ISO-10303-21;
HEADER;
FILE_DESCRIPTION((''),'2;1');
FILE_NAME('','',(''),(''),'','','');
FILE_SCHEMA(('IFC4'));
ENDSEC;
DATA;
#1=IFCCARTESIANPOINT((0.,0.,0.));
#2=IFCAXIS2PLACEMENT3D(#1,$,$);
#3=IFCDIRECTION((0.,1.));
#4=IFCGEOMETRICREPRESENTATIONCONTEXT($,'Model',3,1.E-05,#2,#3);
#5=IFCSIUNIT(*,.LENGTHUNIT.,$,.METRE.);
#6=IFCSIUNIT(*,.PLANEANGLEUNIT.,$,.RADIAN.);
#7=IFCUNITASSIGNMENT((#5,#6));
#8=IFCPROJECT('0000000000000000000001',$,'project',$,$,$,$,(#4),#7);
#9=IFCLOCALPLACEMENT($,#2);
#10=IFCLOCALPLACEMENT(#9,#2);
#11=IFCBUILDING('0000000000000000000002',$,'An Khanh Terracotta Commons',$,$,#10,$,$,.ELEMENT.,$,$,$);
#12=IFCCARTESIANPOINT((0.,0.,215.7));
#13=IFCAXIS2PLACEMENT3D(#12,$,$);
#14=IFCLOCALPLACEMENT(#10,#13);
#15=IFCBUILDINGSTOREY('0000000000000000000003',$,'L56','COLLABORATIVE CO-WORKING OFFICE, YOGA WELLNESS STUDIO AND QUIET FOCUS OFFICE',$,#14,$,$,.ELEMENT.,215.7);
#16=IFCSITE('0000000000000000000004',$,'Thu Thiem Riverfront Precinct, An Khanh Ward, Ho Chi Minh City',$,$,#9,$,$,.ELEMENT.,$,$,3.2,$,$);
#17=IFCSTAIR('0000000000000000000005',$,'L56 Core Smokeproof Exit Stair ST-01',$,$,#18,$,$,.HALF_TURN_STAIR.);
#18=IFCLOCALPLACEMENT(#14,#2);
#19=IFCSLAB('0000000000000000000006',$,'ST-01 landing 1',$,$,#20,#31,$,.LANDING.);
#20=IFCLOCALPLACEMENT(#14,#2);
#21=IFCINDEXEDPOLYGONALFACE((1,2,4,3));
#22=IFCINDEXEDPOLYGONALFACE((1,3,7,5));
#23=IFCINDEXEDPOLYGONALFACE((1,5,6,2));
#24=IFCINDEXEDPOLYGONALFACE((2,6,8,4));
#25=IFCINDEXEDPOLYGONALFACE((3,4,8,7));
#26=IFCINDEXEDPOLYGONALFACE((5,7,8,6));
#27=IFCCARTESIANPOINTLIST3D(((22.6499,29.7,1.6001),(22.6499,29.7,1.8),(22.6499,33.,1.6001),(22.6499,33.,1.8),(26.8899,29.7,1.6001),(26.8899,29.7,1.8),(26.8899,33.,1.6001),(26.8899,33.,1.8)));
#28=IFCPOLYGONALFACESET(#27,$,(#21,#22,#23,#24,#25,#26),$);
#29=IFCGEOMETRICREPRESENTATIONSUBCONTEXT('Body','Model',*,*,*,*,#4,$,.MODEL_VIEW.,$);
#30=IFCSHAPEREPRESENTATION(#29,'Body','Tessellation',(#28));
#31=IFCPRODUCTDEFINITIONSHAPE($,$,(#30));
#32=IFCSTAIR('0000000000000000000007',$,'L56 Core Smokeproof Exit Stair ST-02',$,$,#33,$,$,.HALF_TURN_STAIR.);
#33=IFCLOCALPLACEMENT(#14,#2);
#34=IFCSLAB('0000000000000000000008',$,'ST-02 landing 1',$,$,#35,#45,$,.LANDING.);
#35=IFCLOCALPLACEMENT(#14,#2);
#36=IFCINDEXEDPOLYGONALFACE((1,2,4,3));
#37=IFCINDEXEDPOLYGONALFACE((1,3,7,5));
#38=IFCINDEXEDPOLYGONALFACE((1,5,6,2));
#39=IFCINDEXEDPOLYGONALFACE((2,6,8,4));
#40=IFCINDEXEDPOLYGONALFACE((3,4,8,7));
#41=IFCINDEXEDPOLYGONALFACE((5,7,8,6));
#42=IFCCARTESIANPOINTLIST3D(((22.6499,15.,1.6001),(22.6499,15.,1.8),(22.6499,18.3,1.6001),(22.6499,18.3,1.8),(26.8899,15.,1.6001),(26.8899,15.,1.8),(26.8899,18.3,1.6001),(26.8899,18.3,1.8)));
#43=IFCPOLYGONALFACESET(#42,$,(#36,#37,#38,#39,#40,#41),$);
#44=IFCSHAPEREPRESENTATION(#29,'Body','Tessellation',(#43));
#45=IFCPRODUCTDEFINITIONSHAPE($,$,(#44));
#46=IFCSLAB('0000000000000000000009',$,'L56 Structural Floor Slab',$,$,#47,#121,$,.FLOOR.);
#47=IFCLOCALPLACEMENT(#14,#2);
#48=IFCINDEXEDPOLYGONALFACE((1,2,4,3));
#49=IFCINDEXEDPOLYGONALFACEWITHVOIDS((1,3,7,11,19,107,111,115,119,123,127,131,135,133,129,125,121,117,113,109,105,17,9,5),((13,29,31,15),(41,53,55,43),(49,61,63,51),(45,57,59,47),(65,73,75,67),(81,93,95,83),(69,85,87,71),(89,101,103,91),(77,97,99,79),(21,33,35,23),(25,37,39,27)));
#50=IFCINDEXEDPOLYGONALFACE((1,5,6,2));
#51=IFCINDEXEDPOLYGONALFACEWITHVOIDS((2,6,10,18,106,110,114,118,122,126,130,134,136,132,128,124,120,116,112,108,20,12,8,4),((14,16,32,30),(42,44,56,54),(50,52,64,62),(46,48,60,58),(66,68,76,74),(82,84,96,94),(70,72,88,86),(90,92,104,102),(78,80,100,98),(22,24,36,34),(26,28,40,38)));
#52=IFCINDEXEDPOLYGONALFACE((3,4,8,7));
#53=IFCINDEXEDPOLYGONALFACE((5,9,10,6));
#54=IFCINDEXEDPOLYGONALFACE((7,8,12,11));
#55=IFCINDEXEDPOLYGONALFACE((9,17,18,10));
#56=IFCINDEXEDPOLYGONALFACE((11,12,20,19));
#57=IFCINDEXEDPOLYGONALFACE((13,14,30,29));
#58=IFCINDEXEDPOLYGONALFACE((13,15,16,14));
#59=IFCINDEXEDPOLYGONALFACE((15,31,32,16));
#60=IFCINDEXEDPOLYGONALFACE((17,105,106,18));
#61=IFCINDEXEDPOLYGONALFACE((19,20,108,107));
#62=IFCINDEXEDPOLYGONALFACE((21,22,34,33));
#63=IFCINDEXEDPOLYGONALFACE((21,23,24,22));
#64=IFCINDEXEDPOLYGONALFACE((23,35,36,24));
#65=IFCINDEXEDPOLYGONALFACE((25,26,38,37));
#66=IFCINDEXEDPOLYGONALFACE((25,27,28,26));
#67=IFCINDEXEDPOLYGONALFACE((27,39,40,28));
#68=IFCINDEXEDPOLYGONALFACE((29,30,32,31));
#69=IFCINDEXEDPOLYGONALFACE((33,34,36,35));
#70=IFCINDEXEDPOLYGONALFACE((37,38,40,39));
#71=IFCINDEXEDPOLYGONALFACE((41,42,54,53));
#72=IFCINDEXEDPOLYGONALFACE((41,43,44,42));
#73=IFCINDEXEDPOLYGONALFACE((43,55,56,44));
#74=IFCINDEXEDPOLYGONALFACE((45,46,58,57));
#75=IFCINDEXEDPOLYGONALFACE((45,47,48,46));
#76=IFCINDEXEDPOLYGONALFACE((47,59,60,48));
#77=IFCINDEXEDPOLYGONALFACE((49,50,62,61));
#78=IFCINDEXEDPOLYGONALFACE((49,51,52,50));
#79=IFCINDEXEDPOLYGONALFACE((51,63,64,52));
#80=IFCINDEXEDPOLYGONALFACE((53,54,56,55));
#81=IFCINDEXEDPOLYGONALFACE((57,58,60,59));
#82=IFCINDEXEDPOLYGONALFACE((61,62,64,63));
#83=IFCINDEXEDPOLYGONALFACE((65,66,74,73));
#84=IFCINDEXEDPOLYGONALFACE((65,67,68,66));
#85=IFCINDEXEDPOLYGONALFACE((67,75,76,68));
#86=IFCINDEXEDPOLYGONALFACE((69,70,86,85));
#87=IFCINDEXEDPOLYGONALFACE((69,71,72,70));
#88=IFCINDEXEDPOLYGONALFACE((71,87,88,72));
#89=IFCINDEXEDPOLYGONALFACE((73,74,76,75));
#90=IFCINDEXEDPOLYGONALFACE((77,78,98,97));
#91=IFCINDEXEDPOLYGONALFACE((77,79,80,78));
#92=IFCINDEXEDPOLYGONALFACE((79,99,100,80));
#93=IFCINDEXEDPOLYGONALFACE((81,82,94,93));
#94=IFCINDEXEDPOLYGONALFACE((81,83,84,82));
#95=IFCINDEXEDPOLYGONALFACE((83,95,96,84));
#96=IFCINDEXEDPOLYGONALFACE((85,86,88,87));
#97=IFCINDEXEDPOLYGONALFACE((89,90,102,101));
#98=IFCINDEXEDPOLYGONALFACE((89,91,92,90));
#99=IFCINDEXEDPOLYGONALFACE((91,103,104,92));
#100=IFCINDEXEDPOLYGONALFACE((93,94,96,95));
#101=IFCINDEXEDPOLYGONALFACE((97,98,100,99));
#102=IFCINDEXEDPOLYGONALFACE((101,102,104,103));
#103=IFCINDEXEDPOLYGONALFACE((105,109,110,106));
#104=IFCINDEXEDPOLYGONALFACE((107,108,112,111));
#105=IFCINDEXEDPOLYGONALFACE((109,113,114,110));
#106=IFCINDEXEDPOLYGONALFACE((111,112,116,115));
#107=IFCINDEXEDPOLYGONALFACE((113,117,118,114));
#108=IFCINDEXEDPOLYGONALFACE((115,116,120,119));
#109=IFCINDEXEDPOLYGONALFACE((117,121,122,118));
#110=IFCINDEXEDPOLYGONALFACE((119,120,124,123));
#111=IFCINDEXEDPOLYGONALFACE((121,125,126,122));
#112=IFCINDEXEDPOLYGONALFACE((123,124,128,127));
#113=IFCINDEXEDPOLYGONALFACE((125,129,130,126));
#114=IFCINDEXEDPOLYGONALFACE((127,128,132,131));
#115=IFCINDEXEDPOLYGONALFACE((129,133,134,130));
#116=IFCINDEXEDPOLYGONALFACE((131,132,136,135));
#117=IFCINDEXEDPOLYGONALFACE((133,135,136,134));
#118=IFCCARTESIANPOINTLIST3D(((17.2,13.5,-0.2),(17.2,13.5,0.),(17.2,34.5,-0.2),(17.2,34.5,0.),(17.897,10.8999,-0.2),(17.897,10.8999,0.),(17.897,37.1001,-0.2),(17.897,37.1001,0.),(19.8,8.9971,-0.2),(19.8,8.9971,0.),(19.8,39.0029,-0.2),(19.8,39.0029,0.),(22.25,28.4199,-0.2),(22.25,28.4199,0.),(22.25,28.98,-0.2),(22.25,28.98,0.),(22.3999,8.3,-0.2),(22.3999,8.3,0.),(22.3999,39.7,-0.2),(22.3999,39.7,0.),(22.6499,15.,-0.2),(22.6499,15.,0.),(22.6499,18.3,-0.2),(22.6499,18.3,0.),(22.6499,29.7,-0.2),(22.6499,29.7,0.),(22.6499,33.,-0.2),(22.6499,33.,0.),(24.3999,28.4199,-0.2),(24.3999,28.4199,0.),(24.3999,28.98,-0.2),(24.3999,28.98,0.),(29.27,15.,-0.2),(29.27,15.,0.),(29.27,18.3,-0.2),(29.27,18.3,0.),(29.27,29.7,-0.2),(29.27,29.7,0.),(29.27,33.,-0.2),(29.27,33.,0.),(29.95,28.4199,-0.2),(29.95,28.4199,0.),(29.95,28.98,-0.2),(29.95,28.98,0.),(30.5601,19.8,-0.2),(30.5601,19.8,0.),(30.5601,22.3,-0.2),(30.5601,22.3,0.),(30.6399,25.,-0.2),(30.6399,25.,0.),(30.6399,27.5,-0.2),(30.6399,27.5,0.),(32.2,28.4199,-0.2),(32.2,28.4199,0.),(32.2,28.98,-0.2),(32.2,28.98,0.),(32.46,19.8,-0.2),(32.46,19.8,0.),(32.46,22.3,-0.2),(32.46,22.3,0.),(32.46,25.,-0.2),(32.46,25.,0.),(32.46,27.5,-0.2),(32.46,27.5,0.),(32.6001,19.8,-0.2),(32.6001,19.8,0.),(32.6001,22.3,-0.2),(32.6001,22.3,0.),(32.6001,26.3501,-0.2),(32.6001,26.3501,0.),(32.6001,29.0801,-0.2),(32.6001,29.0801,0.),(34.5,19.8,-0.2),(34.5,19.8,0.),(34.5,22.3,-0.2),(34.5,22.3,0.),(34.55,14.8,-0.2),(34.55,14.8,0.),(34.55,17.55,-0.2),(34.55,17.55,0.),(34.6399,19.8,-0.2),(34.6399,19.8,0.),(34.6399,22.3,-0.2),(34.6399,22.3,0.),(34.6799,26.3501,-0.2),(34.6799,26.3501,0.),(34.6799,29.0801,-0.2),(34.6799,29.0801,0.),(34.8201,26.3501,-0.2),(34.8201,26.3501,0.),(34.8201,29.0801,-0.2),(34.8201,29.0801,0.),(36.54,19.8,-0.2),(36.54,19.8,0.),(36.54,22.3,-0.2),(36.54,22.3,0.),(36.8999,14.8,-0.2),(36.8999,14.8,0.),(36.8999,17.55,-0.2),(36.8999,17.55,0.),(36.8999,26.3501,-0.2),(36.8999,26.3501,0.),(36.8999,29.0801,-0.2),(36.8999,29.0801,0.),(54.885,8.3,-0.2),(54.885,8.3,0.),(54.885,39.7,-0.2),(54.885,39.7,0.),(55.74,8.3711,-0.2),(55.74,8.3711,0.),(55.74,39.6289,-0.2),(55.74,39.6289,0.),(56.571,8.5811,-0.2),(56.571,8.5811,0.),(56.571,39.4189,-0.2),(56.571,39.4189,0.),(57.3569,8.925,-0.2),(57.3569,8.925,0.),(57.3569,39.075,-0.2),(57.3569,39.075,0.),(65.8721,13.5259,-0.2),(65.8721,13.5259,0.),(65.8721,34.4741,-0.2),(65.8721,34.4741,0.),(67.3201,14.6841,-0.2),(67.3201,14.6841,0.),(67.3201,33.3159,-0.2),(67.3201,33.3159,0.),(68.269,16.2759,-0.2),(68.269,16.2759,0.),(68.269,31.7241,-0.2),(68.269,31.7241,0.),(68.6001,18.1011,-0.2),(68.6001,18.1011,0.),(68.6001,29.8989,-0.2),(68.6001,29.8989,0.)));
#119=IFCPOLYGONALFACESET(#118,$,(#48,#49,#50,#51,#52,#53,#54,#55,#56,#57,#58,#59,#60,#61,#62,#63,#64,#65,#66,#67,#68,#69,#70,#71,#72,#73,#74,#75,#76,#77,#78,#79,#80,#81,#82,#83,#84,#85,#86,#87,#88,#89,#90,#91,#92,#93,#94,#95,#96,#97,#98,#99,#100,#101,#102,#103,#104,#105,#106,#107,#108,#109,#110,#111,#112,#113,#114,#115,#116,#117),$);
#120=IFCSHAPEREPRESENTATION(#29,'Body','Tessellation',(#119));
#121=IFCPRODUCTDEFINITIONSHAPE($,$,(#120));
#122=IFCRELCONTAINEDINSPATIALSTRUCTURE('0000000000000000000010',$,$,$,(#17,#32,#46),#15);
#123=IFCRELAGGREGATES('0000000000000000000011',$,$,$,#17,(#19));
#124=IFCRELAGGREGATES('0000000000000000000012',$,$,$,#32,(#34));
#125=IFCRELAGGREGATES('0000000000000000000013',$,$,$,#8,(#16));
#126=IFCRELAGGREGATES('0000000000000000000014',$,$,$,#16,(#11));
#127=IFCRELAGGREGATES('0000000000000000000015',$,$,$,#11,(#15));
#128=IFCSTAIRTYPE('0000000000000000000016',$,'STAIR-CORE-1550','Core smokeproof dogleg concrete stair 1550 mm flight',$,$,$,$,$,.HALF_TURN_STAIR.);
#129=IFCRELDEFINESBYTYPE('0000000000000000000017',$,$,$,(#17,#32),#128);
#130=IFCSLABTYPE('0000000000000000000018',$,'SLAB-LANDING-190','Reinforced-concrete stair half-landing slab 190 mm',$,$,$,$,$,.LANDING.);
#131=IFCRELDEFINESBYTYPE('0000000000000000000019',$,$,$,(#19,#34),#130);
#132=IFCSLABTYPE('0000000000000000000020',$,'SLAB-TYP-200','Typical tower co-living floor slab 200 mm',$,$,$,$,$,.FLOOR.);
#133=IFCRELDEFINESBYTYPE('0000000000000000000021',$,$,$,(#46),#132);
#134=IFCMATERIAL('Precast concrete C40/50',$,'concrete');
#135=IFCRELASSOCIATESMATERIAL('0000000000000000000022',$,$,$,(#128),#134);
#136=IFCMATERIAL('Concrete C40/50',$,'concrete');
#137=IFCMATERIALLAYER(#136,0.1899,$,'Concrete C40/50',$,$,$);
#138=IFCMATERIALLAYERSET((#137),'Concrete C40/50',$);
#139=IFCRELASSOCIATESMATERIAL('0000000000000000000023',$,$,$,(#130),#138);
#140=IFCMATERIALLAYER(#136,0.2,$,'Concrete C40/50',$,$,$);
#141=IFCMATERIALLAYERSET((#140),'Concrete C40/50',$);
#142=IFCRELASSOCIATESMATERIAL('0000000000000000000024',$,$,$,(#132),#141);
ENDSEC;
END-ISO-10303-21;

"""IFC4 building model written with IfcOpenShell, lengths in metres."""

from ifc_helpers import new_model, si_unit, direction, frame, origin, place, context, subcontext, project, spatial, polyline, outline, extrude, material, layer, layer_set, type_object, element, aggregate, save


model = new_model("IFC4")

# Units and contexts
model_context = context("Model", 3, precision=1e-05, world=origin(), true_north=direction((0.0, 1.0)))
body_context = subcontext(model_context, "Body", "Model", "MODEL_VIEW")
ifc_project = project(units=[si_unit("LENGTHUNIT", "METRE"), si_unit("PLANEANGLEUNIT", "RADIAN")], contexts=[model_context])

# Site, building, storey
site_placement = place(None, origin())
site = spatial("IfcSite", under=ifc_project, at=site_placement, Name="Thu Thiem Riverfront Precinct, An Khanh Ward, Ho Chi Minh City", CompositionType="ELEMENT", RefElevation=3.2)
building_placement = place(site_placement, origin())
building = spatial("IfcBuilding", under=site, at=building_placement, Name="An Khanh Terracotta Commons", CompositionType="ELEMENT")
storey_placement = place(building_placement, frame((0.0, 0.0, 215.7)))
storey = spatial("IfcBuildingStorey", under=building, at=storey_placement, Name="L56", Description="COLLABORATIVE CO-WORKING OFFICE, YOGA WELLNESS STUDIO AND QUIET FOCUS OFFICE", CompositionType="ELEMENT", Elevation=215.7)

# Shared definitions
ifc_material_1 = material(Name="Concrete C40/50", Category="concrete")

# Stairs, slabs
ifc_material_2 = material(Name="Precast concrete C40/50", Category="concrete")
stair_type = type_object("IfcStairType", Name="STAIR-CORE-1550", Description="Core smokeproof dogleg concrete stair 1550 mm flight", PredefinedType="HALF_TURN_STAIR", material=ifc_material_2)
stair_1_placement = place(storey_placement, origin())
stair_1 = element("IfcStair", 1, at=stair_1_placement, inside=storey, type_object=stair_type, Name="L56 Core Smokeproof Exit Stair ST-01", PredefinedType="HALF_TURN_STAIR")
ifc_layer_1 = layer(ifc_material_1, 0.1899, Name="Concrete C40/50")
ifc_layer_set_1 = layer_set([ifc_layer_1], Name="Concrete C40/50")
slab_type_1 = type_object("IfcSlabType", Name="SLAB-LANDING-190", Description="Reinforced-concrete stair half-landing slab 190 mm", PredefinedType="LANDING", material=ifc_layer_set_1)
slab_1_placement = place(storey_placement, frame((0.0, 0.0, 1.6001)))
slab_1 = element("IfcSlab", 2, at=slab_1_placement, type_object=slab_type_1, Name="ST-01 landing 1", PredefinedType="LANDING", context=body_context, shape_type="SweptSolid", body=[
    extrude(outline(polyline([(26.8899, 33.0), (22.6499, 33.0), (22.6499, 29.7), (26.8899, 29.7), (26.8899, 33.0)])), origin(), (0.0, 0.0, 1.0), 0.2),
])
aggregate(stair_1, [slab_1])
stair_2_placement = place(storey_placement, origin())
stair_2 = element("IfcStair", 3, at=stair_2_placement, inside=storey, type_object=stair_type, Name="L56 Core Smokeproof Exit Stair ST-02", PredefinedType="HALF_TURN_STAIR")
slab_2_placement = place(storey_placement, frame((0.0, 0.0, 1.6001)))
slab_2 = element("IfcSlab", 4, at=slab_2_placement, type_object=slab_type_1, Name="ST-02 landing 1", PredefinedType="LANDING", context=body_context, shape_type="SweptSolid", body=[
    extrude(outline(polyline([(26.8899, 18.3), (22.6499, 18.3), (22.6499, 15.0), (26.8899, 15.0), (26.8899, 18.3)])), origin(), (0.0, 0.0, 1.0), 0.2),
])
aggregate(stair_2, [slab_2])

# Slab
ifc_layer_2 = layer(ifc_material_1, 0.2, Name="Concrete C40/50")
ifc_layer_set_2 = layer_set([ifc_layer_2], Name="Concrete C40/50")
slab_type_2 = type_object("IfcSlabType", Name="SLAB-TYP-200", Description="Typical tower co-living floor slab 200 mm", PredefinedType="FLOOR", material=ifc_layer_set_2)
slab_3_placement = place(storey_placement, frame((0.0, 0.0, -0.2)))
element("IfcSlab", 5, at=slab_3_placement, inside=storey, type_object=slab_type_2, Name="L56 Structural Floor Slab", PredefinedType="FLOOR", context=body_context, shape_type="SweptSolid", body=[
    extrude(outline(polyline([(17.2, 13.5), (17.897, 10.8999), (19.8, 8.9971), (22.3999, 8.3), (54.885, 8.3), (55.74, 8.3711), (56.571, 8.5811), (57.3569, 8.925), (65.8721, 13.5259), (67.3201, 14.6841), (68.269, 16.2759), (68.6001, 18.1011), (68.6001, 29.8989), (68.269, 31.7241), (67.3201, 33.3159), (65.8721, 34.4741), (57.3569, 39.075), (56.571, 39.4189), (55.74, 39.6289), (54.885, 39.7), (22.3999, 39.7), (19.8, 39.0029), (17.897, 37.1001), (17.2, 34.5), (17.2, 13.5)]), holes=[polyline([(22.6499, 29.7), (29.27, 29.7), (29.27, 33.0), (22.6499, 33.0), (22.6499, 29.7)]), polyline([(22.6499, 15.0), (29.27, 15.0), (29.27, 18.3), (22.6499, 18.3), (22.6499, 15.0)]), polyline([(32.6001, 26.3501), (34.6799, 26.3501), (34.6799, 29.0801), (32.6001, 29.0801), (32.6001, 26.3501)]), polyline([(34.8201, 26.3501), (36.8999, 26.3501), (36.8999, 29.0801), (34.8201, 29.0801), (34.8201, 26.3501)]), polyline([(34.55, 14.8), (36.8999, 14.8), (36.8999, 17.55), (34.55, 17.55), (34.55, 14.8)]), polyline([(30.6399, 25.0), (32.46, 25.0), (32.46, 27.5), (30.6399, 27.5), (30.6399, 25.0)]), polyline([(30.5601, 19.8), (32.46, 19.8), (32.46, 22.3), (30.5601, 22.3), (30.5601, 19.8)]), polyline([(32.6001, 19.8), (34.5, 19.8), (34.5, 22.3), (32.6001, 22.3), (32.6001, 19.8)]), polyline([(34.6399, 19.8), (36.54, 19.8), (36.54, 22.3), (34.6399, 22.3), (34.6399, 19.8)]), polyline([(22.25, 28.4199), (24.3999, 28.4199), (24.3999, 28.98), (22.25, 28.98), (22.25, 28.4199)]), polyline([(29.95, 28.4199), (32.2, 28.4199), (32.2, 28.98), (29.95, 28.98), (29.95, 28.4199)])]), origin(), (0.0, 0.0, 1.0), 0.2),
])

save(model, "model.ifc")
